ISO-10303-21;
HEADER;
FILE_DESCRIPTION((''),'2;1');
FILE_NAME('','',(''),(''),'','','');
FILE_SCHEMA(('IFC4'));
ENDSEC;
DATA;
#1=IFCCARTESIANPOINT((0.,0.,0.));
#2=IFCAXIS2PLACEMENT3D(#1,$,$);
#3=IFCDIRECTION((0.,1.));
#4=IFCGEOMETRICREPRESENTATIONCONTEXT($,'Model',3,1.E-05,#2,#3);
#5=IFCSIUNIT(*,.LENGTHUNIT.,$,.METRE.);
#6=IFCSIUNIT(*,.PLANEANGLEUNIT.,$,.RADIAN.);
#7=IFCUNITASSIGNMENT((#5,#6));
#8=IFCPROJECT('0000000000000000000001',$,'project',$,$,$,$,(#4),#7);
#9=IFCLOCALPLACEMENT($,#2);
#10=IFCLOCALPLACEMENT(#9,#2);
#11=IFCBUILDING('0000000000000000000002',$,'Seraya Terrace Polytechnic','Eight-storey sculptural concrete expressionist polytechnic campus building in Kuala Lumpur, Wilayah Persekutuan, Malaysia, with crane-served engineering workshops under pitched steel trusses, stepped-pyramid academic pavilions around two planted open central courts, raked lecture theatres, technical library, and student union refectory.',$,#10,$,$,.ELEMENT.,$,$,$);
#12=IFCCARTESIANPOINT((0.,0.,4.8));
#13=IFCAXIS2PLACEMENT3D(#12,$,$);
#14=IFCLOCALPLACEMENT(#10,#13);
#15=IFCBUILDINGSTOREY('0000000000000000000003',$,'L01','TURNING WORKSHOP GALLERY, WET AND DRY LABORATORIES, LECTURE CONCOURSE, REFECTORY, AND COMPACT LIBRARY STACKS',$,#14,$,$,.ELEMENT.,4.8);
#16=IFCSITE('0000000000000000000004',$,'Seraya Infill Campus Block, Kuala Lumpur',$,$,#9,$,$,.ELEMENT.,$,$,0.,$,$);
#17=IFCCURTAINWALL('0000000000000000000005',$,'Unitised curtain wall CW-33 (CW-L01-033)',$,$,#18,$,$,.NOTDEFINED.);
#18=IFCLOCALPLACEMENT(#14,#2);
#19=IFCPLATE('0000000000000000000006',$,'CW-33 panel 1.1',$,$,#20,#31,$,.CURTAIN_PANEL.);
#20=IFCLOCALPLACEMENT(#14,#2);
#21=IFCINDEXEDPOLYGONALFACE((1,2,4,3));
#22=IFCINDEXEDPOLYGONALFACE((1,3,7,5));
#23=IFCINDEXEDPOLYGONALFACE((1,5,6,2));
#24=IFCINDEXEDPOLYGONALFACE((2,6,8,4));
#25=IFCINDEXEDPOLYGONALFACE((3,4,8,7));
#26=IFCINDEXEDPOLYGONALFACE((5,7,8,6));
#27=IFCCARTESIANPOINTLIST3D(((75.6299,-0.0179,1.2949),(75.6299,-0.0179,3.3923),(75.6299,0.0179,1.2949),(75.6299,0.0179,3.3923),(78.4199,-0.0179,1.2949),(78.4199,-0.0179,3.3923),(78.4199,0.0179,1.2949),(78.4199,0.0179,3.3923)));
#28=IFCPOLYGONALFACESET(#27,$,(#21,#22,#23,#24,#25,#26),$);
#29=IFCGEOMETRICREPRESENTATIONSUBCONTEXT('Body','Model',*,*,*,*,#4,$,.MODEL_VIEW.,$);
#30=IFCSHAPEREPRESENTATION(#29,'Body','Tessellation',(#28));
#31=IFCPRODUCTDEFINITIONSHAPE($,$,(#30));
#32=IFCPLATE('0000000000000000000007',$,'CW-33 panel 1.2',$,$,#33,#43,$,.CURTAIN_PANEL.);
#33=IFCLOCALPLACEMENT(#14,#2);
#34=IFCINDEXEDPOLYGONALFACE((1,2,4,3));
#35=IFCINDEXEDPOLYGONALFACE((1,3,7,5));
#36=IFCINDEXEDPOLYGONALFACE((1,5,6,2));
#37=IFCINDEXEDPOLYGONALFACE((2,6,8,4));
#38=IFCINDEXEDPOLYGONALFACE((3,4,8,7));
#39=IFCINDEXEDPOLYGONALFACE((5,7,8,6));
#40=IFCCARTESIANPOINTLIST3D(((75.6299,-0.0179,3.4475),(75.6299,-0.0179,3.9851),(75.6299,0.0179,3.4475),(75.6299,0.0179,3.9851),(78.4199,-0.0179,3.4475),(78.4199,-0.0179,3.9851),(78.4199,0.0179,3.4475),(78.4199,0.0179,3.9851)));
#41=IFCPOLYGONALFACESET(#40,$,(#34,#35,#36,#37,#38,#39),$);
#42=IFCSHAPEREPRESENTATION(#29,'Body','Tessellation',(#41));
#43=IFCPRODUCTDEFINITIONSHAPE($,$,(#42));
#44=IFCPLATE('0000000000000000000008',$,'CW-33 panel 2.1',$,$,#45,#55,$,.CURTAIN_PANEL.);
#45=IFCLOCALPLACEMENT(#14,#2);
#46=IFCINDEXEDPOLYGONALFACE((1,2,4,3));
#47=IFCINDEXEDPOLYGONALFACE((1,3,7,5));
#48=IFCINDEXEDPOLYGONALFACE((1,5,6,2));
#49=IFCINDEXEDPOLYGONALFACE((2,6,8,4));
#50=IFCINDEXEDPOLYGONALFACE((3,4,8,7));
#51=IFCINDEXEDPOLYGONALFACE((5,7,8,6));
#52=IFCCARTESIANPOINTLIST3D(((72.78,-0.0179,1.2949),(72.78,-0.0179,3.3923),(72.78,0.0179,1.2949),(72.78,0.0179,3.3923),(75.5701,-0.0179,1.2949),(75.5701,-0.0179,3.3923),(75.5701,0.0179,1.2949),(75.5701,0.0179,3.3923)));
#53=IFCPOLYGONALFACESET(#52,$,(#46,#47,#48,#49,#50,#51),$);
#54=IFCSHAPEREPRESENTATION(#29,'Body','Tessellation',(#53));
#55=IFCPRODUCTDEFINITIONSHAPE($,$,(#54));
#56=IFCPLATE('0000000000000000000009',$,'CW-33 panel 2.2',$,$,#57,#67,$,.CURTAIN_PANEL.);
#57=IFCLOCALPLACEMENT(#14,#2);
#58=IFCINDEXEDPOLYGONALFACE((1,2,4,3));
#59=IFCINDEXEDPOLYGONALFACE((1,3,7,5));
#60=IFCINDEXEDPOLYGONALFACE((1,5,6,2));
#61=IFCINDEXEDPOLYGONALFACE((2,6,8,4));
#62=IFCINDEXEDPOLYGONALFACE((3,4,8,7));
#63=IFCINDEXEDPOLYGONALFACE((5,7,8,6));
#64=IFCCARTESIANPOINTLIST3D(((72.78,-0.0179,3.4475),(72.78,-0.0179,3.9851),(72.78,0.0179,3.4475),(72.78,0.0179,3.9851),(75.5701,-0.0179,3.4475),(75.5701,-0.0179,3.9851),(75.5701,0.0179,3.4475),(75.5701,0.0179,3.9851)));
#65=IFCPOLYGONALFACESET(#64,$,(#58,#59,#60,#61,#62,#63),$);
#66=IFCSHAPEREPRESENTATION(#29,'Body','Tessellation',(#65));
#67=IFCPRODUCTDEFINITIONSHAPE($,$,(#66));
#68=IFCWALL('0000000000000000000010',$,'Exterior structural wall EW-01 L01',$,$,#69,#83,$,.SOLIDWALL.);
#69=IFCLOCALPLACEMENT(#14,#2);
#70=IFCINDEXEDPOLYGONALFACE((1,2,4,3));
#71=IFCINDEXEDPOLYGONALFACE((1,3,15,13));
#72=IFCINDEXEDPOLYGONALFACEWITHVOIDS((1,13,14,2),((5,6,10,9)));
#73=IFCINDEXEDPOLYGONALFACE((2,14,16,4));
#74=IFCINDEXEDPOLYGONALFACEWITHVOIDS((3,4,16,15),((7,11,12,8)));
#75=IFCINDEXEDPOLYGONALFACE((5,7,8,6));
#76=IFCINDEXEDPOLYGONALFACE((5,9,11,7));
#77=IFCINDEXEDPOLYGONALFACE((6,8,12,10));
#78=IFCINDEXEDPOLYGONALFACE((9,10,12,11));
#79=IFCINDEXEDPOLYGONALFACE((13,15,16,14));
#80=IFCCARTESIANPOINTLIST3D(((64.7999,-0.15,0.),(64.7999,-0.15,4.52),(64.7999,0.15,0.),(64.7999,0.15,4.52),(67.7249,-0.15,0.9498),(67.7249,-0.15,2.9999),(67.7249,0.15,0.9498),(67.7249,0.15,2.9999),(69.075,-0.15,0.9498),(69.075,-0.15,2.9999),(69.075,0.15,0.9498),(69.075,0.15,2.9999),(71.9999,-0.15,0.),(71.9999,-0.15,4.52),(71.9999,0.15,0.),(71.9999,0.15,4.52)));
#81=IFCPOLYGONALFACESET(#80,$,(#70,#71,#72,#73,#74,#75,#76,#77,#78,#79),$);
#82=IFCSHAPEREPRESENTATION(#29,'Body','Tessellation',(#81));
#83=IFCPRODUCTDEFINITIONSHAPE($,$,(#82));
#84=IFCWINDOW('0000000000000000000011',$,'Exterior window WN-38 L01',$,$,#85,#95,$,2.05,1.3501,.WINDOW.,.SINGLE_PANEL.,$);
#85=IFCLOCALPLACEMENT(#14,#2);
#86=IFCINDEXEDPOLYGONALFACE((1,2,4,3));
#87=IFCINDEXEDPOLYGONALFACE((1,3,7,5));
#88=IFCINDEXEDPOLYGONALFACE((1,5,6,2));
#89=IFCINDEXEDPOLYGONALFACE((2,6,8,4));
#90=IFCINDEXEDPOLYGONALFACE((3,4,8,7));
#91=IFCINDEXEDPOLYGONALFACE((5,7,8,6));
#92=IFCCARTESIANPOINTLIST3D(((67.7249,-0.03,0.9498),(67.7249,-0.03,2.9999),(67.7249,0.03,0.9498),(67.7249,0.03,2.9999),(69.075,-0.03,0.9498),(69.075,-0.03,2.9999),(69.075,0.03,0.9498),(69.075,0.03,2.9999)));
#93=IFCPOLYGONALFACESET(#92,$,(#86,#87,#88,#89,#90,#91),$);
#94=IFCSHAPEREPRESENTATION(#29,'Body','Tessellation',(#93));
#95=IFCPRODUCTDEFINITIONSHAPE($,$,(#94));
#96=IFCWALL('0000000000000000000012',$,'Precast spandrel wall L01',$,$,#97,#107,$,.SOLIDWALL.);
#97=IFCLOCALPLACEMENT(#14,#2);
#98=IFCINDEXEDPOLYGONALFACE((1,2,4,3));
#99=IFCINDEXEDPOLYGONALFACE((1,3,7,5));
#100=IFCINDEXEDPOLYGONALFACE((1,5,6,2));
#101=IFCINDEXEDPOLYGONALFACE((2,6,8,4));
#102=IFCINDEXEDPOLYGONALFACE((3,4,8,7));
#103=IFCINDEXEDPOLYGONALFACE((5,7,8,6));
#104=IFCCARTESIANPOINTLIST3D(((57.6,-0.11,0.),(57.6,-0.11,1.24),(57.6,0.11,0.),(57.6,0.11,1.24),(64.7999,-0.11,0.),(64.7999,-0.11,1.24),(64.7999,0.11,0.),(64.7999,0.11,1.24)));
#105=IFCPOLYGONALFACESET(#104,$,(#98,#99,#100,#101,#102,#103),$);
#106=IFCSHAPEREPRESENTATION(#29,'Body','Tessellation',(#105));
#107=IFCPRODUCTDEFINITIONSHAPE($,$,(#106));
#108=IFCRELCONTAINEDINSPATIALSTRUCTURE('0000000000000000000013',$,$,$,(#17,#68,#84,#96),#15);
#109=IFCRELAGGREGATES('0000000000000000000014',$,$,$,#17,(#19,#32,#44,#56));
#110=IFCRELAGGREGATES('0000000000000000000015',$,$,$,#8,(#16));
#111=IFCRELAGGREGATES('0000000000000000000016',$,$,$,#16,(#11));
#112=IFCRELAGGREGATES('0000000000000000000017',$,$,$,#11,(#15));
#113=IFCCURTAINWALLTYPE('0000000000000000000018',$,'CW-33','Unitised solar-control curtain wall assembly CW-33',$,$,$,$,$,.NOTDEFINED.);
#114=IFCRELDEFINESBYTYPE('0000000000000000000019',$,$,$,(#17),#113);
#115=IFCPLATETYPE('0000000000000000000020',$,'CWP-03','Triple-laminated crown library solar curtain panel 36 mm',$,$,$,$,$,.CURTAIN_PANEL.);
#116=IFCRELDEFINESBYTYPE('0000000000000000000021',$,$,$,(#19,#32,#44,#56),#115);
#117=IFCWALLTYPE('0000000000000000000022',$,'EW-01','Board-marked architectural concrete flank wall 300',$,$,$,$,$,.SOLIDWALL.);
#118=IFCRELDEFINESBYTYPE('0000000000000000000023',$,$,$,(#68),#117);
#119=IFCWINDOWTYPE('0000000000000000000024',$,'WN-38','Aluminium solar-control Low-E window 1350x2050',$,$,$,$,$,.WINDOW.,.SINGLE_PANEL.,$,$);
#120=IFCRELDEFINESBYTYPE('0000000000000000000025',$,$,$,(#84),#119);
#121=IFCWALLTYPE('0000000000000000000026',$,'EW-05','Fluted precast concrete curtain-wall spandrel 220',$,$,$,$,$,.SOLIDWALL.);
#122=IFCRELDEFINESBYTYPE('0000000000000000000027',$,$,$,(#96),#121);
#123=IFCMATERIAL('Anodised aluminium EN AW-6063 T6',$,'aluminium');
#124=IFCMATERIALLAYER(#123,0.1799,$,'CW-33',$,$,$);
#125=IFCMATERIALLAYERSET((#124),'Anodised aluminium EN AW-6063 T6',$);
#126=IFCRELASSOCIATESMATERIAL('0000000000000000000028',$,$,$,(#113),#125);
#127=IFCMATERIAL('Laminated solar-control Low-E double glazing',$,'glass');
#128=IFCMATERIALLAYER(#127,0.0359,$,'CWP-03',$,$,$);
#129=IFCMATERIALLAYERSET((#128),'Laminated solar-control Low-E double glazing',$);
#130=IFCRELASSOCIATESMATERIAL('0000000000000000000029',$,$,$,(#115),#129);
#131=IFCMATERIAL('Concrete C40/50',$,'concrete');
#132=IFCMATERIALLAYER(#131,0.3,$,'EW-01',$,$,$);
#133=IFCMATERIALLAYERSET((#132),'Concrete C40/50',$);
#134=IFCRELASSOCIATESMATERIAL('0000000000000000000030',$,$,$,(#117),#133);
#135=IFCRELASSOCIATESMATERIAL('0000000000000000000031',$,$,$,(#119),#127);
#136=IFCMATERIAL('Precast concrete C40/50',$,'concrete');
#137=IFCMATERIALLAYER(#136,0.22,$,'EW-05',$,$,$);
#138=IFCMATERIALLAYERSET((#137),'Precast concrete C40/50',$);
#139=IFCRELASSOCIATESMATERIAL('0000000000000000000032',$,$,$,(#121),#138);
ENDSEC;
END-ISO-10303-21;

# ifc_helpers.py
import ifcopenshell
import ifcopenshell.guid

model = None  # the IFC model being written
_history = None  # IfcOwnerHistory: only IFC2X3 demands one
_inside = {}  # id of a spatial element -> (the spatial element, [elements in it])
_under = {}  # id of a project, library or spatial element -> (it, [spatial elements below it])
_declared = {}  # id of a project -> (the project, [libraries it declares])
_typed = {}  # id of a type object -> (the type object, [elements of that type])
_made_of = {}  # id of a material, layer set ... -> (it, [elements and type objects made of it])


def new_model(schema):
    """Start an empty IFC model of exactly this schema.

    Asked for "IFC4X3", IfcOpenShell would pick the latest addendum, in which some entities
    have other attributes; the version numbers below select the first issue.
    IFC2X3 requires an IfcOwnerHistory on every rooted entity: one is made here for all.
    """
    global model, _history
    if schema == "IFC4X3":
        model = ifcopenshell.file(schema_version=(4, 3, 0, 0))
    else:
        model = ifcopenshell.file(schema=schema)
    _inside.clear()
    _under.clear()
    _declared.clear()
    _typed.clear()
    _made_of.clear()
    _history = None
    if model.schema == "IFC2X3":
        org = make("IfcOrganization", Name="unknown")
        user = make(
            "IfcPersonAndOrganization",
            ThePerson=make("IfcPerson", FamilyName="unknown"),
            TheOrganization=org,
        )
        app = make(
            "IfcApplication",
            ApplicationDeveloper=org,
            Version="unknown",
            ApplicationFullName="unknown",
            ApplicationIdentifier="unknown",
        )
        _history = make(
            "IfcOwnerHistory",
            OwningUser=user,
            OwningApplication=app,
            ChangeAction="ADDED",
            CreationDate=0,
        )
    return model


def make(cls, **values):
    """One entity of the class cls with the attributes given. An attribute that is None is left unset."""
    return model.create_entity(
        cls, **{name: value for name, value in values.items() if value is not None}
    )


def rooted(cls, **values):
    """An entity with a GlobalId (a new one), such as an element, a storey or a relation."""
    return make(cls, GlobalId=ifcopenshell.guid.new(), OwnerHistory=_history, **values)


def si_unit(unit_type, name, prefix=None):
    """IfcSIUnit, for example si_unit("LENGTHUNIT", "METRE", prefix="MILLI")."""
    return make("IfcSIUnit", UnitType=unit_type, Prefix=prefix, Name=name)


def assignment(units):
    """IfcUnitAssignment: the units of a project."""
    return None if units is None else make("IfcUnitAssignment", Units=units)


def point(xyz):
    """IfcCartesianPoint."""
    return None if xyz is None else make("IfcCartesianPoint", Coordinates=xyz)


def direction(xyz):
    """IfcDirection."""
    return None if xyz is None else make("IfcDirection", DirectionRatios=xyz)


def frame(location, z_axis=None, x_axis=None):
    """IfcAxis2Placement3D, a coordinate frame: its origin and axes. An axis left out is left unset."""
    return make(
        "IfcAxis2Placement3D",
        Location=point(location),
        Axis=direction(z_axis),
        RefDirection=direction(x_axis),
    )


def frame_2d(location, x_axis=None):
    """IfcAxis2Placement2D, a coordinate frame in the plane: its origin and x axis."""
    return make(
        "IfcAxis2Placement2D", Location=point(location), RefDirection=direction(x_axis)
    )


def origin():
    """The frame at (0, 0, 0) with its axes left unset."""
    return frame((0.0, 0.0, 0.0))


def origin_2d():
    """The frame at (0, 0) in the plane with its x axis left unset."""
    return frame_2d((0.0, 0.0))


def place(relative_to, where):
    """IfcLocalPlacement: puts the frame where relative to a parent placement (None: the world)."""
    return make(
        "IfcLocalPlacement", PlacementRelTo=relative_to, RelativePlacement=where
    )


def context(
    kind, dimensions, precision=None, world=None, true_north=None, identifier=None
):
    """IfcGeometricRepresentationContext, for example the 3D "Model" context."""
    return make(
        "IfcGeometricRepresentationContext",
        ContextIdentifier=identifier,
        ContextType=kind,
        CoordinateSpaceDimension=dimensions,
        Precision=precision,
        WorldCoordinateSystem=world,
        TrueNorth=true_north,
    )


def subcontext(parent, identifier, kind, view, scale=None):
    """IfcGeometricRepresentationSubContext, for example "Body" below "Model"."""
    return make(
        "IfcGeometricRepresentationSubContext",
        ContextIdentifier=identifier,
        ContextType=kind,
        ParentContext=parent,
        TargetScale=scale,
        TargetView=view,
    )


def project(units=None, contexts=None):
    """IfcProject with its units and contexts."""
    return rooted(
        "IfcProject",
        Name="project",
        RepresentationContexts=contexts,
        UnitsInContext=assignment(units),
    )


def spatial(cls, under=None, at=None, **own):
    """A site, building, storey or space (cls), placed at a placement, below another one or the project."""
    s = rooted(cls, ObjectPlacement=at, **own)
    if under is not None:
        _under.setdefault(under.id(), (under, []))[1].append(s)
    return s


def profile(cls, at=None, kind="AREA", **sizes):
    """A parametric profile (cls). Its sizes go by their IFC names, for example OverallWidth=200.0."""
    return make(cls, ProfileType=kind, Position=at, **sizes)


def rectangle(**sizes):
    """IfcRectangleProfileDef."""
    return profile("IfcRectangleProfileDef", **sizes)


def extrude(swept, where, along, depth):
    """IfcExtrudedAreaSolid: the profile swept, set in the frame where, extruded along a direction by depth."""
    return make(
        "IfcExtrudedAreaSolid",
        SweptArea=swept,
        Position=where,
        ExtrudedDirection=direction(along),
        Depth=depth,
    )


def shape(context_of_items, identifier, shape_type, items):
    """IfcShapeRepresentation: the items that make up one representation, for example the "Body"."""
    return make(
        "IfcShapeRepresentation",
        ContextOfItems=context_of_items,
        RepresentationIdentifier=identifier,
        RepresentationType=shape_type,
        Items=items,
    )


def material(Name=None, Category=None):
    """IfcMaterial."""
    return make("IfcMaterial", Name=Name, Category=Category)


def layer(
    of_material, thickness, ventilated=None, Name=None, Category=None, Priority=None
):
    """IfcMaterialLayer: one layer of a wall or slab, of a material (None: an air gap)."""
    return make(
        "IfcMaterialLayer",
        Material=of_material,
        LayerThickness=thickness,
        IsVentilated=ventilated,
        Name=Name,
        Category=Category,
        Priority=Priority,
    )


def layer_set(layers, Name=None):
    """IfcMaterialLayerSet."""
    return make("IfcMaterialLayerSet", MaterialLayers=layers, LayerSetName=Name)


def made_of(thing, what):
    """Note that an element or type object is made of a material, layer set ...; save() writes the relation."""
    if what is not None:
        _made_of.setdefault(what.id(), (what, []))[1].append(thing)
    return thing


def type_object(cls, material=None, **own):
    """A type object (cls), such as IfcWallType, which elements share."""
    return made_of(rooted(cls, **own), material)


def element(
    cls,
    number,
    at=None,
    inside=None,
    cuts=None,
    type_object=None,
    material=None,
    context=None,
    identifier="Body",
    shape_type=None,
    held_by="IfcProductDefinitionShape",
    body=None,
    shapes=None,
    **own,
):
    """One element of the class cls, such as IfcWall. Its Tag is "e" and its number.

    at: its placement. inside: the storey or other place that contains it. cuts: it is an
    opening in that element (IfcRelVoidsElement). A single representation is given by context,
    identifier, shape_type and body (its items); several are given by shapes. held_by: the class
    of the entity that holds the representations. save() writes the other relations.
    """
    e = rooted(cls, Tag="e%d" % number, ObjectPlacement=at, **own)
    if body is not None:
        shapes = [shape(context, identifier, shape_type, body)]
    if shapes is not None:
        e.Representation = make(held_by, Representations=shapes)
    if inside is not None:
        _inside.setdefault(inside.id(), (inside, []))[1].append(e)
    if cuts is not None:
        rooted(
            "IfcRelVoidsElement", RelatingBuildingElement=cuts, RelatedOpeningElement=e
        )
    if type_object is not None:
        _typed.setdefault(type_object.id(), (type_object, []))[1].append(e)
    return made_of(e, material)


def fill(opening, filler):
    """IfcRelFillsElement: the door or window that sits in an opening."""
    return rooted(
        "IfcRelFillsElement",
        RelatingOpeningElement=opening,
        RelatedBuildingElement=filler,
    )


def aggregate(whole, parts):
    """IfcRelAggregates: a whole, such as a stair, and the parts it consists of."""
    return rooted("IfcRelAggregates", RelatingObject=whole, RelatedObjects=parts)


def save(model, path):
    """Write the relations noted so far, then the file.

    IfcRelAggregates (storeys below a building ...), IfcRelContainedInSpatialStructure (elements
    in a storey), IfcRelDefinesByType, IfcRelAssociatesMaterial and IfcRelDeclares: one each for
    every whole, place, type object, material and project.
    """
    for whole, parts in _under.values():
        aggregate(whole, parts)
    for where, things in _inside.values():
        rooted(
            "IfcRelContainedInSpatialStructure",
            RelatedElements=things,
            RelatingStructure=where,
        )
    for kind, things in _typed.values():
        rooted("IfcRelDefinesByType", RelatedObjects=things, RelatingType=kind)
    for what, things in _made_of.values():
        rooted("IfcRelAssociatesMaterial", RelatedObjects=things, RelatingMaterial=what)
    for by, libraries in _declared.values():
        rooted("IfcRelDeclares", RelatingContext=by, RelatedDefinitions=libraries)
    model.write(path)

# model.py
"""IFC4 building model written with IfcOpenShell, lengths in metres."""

from ifc_helpers import new_model, si_unit, direction, frame, frame_2d, origin, origin_2d, place, context, subcontext, project, spatial, rectangle, extrude, material, layer, layer_set, type_object, element, fill, aggregate, save


model = new_model("IFC4")

# Units and contexts
model_context = context("Model", 3, precision=1e-05, world=origin(), true_north=direction((0.0, 1.0)))
body_context = subcontext(model_context, "Body", "Model", "MODEL_VIEW")
ifc_project = project(units=[si_unit("LENGTHUNIT", "METRE"), si_unit("PLANEANGLEUNIT", "RADIAN")], contexts=[model_context])

# Site, building, storey
site_placement = place(None, origin())
site = spatial("IfcSite", under=ifc_project, at=site_placement, Name="Seraya Infill Campus Block, Kuala Lumpur", CompositionType="ELEMENT", RefElevation=0.0)
building_placement = place(site_placement, origin())
building = spatial("IfcBuilding", under=site, at=building_placement, Name="Seraya Terrace Polytechnic", Description="Eight-storey sculptural concrete expressionist polytechnic campus building in Kuala Lumpur, Wilayah Persekutuan, Malaysia, with crane-served engineering workshops under pitched steel trusses, stepped-pyramid academic pavilions around two planted open central courts, raked lecture theatres, technical library, and student union refectory.", CompositionType="ELEMENT")
storey_placement = place(building_placement, frame((0.0, 0.0, 4.8)))
storey = spatial("IfcBuildingStorey", under=building, at=storey_placement, Name="L01", Description="TURNING WORKSHOP GALLERY, WET AND DRY LABORATORIES, LECTURE CONCOURSE, REFECTORY, AND COMPACT LIBRARY STACKS", CompositionType="ELEMENT", Elevation=4.8)

# Shared definitions
ifc_material_1 = material(Name="Concrete C40/50", Category="concrete")

# Shared definitions
ifc_material_2 = material(Name="Anodised aluminium EN AW-6063 T6", Category="aluminium")

# Curtain wall
ifc_layer_1 = layer(ifc_material_2, 0.1799, Name="CW-33")
ifc_layer_set_1 = layer_set([ifc_layer_1], Name="Anodised aluminium EN AW-6063 T6")
curtain_wall_type_1 = type_object("IfcCurtainWallType", Name="CW-33", Description="Unitised solar-control curtain wall assembly CW-33", PredefinedType="NOTDEFINED", material=ifc_layer_set_1)
curtain_wall_1_placement = place(storey_placement, origin())
curtain_wall_1 = element("IfcCurtainWall", 1, at=curtain_wall_1_placement, inside=storey, type_object=curtain_wall_type_1, Name="Unitised curtain wall CW-33 (CW-L01-033)", PredefinedType="NOTDEFINED")

# Plates
ifc_material_3 = material(Name="Laminated solar-control Low-E double glazing", Category="glass")
ifc_layer_2 = layer(ifc_material_3, 0.0359, Name="CWP-03")
ifc_layer_set_2 = layer_set([ifc_layer_2], Name="Laminated solar-control Low-E double glazing")
plate_type = type_object("IfcPlateType", Name="CWP-03", Description="Triple-laminated crown library solar curtain panel 36 mm", PredefinedType="CURTAIN_PANEL", material=ifc_layer_set_2)
plate_1_placement = place(storey_placement, frame((77.0249, 0.0, 1.2949), z_axis=(0.0, 0.0, 1.0), x_axis=(-1.0, 0.0, 0.0)))
plate_1 = element("IfcPlate", 2, at=plate_1_placement, type_object=plate_type, Name="CW-33 panel 1.1", PredefinedType="CURTAIN_PANEL", context=body_context, shape_type="SweptSolid", body=[
    extrude(rectangle(XDim=2.79, YDim=0.0359, at=origin_2d()), origin(), (0.0, 0.0, 1.0), 2.0974),
])
plate_2_placement = place(storey_placement, frame((77.0249, 0.0, 3.4475), z_axis=(0.0, 0.0, 1.0), x_axis=(-1.0, 0.0, 0.0)))
plate_2 = element("IfcPlate", 3, at=plate_2_placement, type_object=plate_type, Name="CW-33 panel 1.2", PredefinedType="CURTAIN_PANEL", context=body_context, shape_type="SweptSolid", body=[
    extrude(rectangle(XDim=2.79, YDim=0.0359, at=origin_2d()), origin(), (0.0, 0.0, 1.0), 0.5376),
])
plate_3_placement = place(storey_placement, frame((74.175, 0.0, 1.2949), z_axis=(0.0, 0.0, 1.0), x_axis=(-1.0, 0.0, 0.0)))
plate_3 = element("IfcPlate", 4, at=plate_3_placement, type_object=plate_type, Name="CW-33 panel 2.1", PredefinedType="CURTAIN_PANEL", context=body_context, shape_type="SweptSolid", body=[
    extrude(rectangle(XDim=2.79, YDim=0.0359, at=origin_2d()), origin(), (0.0, 0.0, 1.0), 2.0974),
])
plate_4_placement = place(storey_placement, frame((74.175, 0.0, 3.4475), z_axis=(0.0, 0.0, 1.0), x_axis=(-1.0, 0.0, 0.0)))
plate_4 = element("IfcPlate", 5, at=plate_4_placement, type_object=plate_type, Name="CW-33 panel 2.2", PredefinedType="CURTAIN_PANEL", context=body_context, shape_type="SweptSolid", body=[
    extrude(rectangle(XDim=2.79, YDim=0.0359, at=origin_2d()), origin(), (0.0, 0.0, 1.0), 0.5376),
])
aggregate(curtain_wall_1, [plate_1, plate_2, plate_3, plate_4])

# Wall, opening, window
ifc_layer_3 = layer(ifc_material_1, 0.3, Name="EW-01")
ifc_layer_set_3 = layer_set([ifc_layer_3], Name="Concrete C40/50")
wall_type_1 = type_object("IfcWallType", Name="EW-01", Description="Board-marked architectural concrete flank wall 300", PredefinedType="SOLIDWALL", material=ifc_layer_set_3)
wall_1_placement = place(storey_placement, frame((72.0, 0.0, 0.0), z_axis=(0.0, 0.0, 1.0), x_axis=(-1.0, 0.0, 0.0)))
wall_1 = element("IfcWall", 6, at=wall_1_placement, inside=storey, type_object=wall_type_1, Name="Exterior structural wall EW-01 L01", PredefinedType="SOLIDWALL", context=body_context, shape_type="SweptSolid", body=[
    extrude(rectangle(XDim=7.2, YDim=0.3, at=frame_2d((3.6001, 0.0))), origin(), (0.0, 0.0, 1.0), 4.52),
])
opening_placement = place(wall_1_placement, frame((2.925, 0.0, 0.95)))
opening = element("IfcOpeningElement", 7, at=opening_placement, cuts=wall_1, PredefinedType="OPENING", context=body_context, shape_type="SweptSolid", body=[
    extrude(rectangle(XDim=1.3501, YDim=2.05, at=frame_2d((0.675, 1.0249))), frame((0.0, 0.1621, 0.0), z_axis=(0.0, -1.0, 0.0), x_axis=(1.0, 0.0, 0.0)), (0.0, 0.0, 1.0), 0.324),
])
window_type = type_object("IfcWindowType", Name="WN-38", Description="Aluminium solar-control Low-E window 1350x2050", PartitioningType="SINGLE_PANEL", PredefinedType="WINDOW", material=ifc_material_3)
window_placement = place(opening_placement, origin())
window = element("IfcWindow", 8, at=window_placement, inside=storey, type_object=window_type, Name="Exterior window WN-38 L01", OverallHeight=2.05, OverallWidth=1.3501, PartitioningType="SINGLE_PANEL", PredefinedType="WINDOW", context=body_context, shape_type="SweptSolid", body=[
    extrude(rectangle(XDim=1.3501, YDim=2.05, at=frame_2d((0.675, 1.0249))), frame((0.0, 0.03, 0.0), z_axis=(0.0, -1.0, 0.0), x_axis=(1.0, 0.0, 0.0)), (0.0, 0.0, 1.0), 0.0601),
])
fill(opening, window)

# Wall
ifc_material_4 = material(Name="Precast concrete C40/50", Category="concrete")
ifc_layer_4 = layer(ifc_material_4, 0.22, Name="EW-05")
ifc_layer_set_4 = layer_set([ifc_layer_4], Name="Precast concrete C40/50")
wall_type_2 = type_object("IfcWallType", Name="EW-05", Description="Fluted precast concrete curtain-wall spandrel 220", PredefinedType="SOLIDWALL", material=ifc_layer_set_4)
wall_2_placement = place(storey_placement, frame((64.8, 0.0, 0.0), z_axis=(0.0, 0.0, 1.0), x_axis=(-1.0, 0.0, 0.0)))
element("IfcWall", 9, at=wall_2_placement, inside=storey, type_object=wall_type_2, Name="Precast spandrel wall L01", PredefinedType="SOLIDWALL", context=body_context, shape_type="SweptSolid", body=[
    extrude(rectangle(XDim=7.2, YDim=0.22, at=frame_2d((3.6001, 0.0))), origin(), (0.0, 0.0, 1.0), 1.24),
])

save(model, "model.ifc")
